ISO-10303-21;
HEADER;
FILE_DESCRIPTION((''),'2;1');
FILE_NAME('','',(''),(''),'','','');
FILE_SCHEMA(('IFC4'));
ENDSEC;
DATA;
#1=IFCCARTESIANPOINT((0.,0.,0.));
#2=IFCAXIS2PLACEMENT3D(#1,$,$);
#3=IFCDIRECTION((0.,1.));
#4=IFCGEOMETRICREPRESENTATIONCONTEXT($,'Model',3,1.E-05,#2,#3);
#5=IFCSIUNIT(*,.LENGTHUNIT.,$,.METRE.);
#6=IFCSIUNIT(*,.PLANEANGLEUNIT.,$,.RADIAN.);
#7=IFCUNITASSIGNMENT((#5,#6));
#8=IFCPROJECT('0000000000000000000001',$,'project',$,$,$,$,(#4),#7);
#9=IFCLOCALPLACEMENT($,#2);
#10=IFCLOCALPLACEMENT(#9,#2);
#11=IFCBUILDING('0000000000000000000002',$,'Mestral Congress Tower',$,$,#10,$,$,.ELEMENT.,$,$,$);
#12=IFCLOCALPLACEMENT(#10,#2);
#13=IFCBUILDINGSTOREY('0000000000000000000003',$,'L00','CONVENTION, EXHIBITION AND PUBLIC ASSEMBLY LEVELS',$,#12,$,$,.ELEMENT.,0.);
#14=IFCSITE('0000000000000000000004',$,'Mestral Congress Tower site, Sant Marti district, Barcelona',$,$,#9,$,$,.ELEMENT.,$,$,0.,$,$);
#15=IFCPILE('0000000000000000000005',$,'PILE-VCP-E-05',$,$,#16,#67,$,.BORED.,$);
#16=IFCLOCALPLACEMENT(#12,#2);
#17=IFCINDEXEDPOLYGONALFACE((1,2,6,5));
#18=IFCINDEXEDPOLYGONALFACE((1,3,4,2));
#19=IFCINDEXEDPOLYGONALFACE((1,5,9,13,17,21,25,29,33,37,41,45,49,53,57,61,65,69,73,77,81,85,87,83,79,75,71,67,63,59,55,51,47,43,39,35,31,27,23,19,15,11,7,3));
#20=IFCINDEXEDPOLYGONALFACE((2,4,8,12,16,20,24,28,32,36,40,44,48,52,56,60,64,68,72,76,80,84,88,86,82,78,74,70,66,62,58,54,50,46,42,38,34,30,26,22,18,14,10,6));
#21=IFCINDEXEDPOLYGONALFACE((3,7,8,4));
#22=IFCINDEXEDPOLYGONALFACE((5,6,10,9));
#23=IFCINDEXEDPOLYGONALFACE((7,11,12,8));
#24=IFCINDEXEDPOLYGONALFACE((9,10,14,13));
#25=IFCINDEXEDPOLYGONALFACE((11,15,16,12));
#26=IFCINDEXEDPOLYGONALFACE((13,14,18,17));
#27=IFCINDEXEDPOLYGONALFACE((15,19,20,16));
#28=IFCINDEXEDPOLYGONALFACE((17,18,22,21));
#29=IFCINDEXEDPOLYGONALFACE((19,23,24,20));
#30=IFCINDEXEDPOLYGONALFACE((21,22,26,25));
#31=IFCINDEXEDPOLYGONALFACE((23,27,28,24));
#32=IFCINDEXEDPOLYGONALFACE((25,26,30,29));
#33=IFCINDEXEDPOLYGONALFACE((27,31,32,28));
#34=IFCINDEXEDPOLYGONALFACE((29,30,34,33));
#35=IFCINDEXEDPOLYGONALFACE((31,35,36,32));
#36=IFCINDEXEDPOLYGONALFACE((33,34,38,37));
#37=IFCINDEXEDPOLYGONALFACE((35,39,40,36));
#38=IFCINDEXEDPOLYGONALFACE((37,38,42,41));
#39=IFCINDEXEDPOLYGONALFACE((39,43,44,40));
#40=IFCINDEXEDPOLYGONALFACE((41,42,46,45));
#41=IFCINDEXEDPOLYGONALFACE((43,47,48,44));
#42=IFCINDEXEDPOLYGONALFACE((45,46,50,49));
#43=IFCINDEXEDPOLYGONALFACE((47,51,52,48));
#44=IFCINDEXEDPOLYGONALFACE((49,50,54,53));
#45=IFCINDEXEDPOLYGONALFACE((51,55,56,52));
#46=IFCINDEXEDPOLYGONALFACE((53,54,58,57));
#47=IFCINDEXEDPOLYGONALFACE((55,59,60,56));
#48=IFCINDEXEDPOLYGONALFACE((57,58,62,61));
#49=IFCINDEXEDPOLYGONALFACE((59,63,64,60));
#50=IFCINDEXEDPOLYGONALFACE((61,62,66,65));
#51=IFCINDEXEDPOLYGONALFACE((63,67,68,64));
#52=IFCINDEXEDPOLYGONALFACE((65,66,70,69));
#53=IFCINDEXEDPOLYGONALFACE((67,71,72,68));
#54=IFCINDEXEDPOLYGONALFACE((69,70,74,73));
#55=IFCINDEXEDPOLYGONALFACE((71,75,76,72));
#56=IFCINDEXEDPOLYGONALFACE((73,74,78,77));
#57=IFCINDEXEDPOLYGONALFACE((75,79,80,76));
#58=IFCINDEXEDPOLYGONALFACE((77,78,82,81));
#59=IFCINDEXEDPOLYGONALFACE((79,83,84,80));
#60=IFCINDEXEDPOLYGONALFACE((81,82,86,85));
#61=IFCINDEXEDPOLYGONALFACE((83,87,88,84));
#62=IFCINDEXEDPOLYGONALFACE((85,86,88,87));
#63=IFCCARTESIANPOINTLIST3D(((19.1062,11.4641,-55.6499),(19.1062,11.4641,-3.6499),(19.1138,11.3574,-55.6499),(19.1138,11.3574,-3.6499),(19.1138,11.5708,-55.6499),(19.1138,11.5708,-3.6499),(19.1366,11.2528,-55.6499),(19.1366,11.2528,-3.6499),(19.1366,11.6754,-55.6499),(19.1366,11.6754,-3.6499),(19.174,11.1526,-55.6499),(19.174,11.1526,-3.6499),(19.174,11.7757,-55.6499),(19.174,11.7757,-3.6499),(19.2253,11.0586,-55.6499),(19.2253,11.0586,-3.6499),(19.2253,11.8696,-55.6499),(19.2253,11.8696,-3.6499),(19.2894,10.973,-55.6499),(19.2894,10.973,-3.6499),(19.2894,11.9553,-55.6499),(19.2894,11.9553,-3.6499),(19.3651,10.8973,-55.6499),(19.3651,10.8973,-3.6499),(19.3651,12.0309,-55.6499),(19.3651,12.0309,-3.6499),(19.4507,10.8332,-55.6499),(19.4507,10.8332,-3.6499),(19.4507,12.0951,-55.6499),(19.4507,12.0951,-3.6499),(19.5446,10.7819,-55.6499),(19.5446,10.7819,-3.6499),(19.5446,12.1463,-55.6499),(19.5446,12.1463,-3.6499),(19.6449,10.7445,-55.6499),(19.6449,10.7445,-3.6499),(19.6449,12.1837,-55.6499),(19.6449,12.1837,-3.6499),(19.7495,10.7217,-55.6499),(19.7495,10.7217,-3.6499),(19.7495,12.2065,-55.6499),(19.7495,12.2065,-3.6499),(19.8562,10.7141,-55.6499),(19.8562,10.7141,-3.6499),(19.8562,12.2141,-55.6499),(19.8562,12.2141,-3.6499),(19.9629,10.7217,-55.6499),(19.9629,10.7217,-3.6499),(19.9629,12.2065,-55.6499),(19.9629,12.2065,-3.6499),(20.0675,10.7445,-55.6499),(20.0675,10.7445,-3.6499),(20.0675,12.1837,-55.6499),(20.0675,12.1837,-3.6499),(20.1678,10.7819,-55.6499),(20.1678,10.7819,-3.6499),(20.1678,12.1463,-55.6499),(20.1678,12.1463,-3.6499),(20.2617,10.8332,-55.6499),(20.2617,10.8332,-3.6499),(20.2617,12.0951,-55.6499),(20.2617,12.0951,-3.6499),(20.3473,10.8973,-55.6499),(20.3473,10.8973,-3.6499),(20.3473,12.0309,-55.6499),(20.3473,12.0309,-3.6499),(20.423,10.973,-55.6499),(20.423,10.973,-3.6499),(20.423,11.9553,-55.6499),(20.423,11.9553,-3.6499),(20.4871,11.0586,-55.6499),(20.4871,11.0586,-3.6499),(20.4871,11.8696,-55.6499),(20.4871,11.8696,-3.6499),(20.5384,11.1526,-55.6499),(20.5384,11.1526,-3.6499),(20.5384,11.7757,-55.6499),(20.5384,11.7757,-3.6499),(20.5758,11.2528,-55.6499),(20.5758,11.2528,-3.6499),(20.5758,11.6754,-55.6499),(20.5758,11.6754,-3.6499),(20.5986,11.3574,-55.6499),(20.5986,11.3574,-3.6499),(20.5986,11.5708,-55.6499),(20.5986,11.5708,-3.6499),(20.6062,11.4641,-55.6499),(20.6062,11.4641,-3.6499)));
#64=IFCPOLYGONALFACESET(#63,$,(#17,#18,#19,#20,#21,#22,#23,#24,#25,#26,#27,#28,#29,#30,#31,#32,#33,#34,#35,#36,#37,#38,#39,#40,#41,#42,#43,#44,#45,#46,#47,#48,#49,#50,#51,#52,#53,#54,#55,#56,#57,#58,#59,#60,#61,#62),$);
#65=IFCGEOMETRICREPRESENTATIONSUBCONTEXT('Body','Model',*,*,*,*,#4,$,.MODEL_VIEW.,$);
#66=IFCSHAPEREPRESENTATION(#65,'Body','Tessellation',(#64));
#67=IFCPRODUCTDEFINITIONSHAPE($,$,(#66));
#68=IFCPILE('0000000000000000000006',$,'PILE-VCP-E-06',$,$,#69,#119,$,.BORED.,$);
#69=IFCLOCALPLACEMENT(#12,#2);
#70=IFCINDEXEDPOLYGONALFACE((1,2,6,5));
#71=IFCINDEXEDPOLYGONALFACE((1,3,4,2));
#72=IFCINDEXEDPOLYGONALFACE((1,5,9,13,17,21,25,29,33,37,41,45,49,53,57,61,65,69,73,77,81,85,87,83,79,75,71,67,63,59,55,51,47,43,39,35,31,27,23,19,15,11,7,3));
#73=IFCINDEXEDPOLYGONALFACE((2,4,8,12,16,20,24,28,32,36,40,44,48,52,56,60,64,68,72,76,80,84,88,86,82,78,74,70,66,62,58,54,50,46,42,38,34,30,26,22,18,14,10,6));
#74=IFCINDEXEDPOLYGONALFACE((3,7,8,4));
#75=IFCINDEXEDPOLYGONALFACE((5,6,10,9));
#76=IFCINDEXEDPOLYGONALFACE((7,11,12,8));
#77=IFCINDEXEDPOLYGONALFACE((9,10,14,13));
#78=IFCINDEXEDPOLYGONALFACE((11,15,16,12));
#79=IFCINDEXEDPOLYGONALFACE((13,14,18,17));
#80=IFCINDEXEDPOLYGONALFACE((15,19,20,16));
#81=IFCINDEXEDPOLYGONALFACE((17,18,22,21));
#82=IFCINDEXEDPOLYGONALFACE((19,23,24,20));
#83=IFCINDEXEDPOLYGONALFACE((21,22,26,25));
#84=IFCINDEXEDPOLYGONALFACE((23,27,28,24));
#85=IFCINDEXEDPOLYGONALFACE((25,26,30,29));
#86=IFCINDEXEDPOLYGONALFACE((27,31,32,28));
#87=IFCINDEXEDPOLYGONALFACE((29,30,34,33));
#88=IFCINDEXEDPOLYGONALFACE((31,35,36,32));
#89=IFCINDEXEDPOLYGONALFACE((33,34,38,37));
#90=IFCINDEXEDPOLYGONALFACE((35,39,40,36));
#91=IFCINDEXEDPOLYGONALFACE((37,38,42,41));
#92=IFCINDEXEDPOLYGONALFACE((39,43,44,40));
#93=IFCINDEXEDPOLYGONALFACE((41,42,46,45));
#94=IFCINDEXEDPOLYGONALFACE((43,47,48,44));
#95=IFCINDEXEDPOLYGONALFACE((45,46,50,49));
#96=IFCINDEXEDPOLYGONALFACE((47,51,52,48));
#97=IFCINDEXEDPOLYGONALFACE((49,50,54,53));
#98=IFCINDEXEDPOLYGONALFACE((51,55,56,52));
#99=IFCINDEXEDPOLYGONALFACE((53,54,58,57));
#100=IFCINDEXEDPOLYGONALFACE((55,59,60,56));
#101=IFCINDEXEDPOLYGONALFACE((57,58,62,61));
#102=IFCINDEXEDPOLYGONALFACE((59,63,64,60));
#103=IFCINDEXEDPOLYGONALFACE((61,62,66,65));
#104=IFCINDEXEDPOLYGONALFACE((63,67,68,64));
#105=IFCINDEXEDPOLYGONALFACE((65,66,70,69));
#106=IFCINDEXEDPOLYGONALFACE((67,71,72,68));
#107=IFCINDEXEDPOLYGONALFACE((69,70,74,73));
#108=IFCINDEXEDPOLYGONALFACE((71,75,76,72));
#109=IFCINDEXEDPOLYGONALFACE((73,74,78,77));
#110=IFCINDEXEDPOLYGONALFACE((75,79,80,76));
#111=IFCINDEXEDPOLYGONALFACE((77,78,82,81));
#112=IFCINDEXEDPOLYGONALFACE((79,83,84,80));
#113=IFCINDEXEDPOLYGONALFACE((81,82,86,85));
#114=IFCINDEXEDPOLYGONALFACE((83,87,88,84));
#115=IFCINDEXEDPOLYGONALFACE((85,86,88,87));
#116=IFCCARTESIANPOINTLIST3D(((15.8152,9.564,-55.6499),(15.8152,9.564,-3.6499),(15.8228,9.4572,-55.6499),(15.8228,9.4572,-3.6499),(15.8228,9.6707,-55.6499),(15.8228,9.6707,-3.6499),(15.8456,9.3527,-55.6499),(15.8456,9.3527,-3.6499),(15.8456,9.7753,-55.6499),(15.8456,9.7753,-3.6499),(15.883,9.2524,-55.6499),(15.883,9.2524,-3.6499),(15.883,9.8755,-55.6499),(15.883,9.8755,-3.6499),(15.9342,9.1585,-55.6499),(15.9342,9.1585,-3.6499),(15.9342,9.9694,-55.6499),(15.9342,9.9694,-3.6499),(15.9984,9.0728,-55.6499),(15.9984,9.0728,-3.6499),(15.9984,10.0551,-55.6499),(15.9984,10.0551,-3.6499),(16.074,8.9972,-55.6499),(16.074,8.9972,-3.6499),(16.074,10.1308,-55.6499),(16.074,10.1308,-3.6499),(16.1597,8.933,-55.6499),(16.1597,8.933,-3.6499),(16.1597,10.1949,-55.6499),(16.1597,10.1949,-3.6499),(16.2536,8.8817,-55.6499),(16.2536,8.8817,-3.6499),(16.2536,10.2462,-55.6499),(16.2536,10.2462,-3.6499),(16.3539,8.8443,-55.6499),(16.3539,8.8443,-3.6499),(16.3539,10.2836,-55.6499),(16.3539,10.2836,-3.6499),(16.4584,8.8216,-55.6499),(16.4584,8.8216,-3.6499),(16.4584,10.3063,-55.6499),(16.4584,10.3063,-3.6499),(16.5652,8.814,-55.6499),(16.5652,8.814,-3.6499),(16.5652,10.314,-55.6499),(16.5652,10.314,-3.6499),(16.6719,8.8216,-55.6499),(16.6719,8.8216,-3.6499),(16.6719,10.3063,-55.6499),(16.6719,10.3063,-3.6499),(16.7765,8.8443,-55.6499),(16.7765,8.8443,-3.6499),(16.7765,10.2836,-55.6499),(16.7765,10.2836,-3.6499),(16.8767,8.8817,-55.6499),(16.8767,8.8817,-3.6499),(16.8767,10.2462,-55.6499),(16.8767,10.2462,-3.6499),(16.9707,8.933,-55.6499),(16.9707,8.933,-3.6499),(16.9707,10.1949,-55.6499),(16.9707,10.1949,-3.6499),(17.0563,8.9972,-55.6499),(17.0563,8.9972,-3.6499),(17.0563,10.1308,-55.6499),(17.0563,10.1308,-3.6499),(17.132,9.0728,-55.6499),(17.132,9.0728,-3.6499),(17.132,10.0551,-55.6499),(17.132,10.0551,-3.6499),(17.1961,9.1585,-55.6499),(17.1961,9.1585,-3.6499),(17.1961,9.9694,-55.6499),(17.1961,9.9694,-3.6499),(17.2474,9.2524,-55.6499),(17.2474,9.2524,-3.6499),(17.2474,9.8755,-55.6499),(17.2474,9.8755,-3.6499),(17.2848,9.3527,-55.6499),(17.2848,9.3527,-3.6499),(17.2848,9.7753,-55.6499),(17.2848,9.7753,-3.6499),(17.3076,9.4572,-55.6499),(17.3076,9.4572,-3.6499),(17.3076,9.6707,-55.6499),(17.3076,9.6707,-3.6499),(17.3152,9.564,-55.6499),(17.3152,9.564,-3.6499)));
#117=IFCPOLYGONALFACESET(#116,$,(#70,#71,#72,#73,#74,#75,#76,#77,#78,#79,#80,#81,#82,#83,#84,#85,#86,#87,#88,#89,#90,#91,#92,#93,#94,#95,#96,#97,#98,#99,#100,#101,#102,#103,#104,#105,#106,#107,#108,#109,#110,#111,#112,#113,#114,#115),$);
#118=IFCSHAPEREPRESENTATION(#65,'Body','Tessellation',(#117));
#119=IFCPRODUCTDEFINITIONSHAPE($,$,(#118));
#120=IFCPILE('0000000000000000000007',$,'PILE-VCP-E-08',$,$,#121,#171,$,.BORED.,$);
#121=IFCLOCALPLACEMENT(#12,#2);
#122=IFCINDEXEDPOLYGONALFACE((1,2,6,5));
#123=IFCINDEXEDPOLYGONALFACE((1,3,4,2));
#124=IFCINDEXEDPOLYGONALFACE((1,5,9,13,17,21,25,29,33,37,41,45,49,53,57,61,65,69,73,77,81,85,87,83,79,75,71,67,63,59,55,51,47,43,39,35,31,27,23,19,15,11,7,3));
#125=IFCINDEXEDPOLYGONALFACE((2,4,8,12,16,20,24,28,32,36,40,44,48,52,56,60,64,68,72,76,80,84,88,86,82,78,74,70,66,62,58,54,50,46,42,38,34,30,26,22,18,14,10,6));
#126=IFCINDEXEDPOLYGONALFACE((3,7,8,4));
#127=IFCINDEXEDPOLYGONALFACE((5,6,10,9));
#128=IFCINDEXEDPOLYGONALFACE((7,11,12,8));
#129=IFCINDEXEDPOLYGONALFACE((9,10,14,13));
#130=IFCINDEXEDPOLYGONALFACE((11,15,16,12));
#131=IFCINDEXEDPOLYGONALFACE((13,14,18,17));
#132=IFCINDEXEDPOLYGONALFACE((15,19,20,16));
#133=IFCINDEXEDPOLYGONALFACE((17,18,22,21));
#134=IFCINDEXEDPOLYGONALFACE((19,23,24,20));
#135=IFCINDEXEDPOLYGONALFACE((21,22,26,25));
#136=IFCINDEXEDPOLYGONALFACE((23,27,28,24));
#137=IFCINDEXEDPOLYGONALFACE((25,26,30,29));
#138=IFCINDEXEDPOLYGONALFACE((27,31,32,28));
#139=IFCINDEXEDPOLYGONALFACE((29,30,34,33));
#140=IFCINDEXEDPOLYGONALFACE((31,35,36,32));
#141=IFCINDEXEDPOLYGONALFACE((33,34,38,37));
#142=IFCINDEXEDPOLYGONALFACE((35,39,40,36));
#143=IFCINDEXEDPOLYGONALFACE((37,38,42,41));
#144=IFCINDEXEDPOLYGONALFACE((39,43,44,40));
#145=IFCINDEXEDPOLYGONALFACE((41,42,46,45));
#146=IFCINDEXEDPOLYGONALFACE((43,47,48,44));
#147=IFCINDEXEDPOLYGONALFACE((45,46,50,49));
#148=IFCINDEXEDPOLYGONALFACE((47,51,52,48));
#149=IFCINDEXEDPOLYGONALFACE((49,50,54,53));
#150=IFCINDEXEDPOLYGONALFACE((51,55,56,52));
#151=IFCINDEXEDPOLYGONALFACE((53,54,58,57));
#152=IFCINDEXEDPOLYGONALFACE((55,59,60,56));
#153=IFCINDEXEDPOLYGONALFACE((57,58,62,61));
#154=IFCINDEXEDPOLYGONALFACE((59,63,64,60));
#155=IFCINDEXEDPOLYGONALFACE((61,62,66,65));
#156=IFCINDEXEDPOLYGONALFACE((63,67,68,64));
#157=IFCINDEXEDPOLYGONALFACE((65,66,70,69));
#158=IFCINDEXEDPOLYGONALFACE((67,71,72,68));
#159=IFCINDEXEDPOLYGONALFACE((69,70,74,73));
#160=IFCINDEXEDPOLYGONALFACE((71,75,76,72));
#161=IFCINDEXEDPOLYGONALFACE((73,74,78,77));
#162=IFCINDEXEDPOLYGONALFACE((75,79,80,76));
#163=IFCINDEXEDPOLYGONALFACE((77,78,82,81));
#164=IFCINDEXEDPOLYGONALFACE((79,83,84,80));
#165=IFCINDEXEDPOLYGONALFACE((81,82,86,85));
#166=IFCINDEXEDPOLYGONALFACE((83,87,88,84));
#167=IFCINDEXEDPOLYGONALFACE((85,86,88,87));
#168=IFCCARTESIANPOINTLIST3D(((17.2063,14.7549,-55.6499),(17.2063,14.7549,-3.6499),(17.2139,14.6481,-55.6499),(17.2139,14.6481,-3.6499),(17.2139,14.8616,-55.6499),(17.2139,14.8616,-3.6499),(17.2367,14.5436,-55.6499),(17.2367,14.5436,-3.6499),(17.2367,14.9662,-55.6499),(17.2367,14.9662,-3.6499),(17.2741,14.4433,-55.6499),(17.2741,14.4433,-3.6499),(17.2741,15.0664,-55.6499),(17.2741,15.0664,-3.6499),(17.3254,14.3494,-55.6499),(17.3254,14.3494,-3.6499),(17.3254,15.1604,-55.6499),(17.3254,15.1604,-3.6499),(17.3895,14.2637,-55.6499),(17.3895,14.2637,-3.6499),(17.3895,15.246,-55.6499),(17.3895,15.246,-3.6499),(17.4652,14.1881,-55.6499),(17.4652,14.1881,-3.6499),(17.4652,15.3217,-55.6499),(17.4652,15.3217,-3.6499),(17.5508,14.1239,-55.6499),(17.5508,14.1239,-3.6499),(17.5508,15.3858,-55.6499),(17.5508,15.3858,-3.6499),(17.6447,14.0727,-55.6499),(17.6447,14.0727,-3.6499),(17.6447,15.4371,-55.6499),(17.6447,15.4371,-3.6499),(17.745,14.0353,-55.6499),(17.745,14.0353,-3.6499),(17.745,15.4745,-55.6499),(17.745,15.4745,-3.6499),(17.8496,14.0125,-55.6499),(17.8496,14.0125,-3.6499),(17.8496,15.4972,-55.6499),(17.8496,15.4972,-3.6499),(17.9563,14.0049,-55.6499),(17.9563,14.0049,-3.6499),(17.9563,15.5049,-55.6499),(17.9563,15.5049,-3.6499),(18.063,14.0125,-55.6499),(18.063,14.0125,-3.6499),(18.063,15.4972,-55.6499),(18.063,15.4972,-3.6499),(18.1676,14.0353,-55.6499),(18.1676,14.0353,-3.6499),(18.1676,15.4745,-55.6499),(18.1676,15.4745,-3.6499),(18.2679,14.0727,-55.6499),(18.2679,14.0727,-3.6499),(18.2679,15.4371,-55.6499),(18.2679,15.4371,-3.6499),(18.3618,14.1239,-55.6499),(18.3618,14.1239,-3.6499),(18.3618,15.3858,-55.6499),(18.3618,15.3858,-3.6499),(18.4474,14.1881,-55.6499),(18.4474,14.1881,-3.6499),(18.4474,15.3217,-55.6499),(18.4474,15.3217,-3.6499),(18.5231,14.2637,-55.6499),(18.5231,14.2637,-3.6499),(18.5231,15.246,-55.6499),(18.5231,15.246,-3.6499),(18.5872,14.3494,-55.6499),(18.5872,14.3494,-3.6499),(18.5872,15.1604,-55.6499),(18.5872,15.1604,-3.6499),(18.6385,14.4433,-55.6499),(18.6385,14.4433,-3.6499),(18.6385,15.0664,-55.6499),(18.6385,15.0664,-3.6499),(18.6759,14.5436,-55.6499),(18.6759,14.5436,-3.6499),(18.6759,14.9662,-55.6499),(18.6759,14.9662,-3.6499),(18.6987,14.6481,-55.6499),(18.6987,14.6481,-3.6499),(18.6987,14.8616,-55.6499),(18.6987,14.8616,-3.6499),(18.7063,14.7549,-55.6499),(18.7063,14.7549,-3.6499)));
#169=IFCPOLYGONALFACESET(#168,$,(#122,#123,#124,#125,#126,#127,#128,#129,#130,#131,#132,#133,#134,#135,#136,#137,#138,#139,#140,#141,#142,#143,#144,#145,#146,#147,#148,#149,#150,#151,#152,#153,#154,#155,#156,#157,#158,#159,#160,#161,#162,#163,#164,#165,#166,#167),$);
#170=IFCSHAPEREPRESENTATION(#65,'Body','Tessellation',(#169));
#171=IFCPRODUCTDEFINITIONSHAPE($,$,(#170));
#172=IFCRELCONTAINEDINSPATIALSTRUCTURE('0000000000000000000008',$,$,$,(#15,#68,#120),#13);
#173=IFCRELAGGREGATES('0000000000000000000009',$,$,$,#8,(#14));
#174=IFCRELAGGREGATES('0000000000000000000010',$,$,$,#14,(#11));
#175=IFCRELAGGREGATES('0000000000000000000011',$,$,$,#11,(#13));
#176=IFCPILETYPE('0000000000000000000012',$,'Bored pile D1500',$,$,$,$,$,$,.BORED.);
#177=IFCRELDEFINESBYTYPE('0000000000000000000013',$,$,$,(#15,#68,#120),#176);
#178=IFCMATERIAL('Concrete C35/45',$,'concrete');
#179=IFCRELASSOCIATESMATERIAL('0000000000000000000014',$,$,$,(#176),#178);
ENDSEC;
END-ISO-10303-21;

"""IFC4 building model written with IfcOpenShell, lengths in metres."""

from ifc_helpers import new_model, si_unit, direction, frame, origin, origin_2d, place, context, subcontext, project, spatial, circle, extrude, material, material_profile, profile_set, type_object, element, save


model = new_model("IFC4")

# Units and contexts
model_context = context("Model", 3, precision=1e-05, world=origin(), true_north=direction((0.0, 1.0)))
body_context = subcontext(model_context, "Body", "Model", "MODEL_VIEW")
ifc_project = project(units=[si_unit("LENGTHUNIT", "METRE"), si_unit("PLANEANGLEUNIT", "RADIAN")], contexts=[model_context])

# Site, building, storey
site_placement = place(None, origin())
site = spatial("IfcSite", under=ifc_project, at=site_placement, Name="Mestral Congress Tower site, Sant Marti district, Barcelona", CompositionType="ELEMENT", RefElevation=0.0)
building_placement = place(site_placement, origin())
building = spatial("IfcBuilding", under=site, at=building_placement, Name="Mestral Congress Tower", CompositionType="ELEMENT")
storey_placement = place(building_placement, origin())
storey = spatial("IfcBuildingStorey", under=building, at=storey_placement, Name="L00", Description="CONVENTION, EXHIBITION AND PUBLIC ASSEMBLY LEVELS", CompositionType="ELEMENT", Elevation=0.0)

# Piles
ifc_material_1 = material(Name="Concrete C35/45", Category="concrete")
ifc_material_profile_1 = material_profile(ifc_material_1, circle(Radius=0.75, at=origin_2d()), Name="D1500")
ifc_profile_set_1 = profile_set([ifc_material_profile_1], Name="Concrete C35/45")
pile_type_1 = type_object("IfcPileType", Name="Bored pile D1500", PredefinedType="BORED", material=ifc_profile_set_1)
for number, where, z_axis, x_axis, name in (
    (1, (19.8562, 11.4641, -3.6499), (0.0, 0.0, -1.0), (1.0, 0.0, 0.0), "PILE-VCP-E-05"),
    (2, (16.5652, 9.564, -3.6499), (0.0, 0.0, -1.0), (1.0, 0.0, 0.0), "PILE-VCP-E-06"),
    (3, (17.9563, 14.7549, -3.6499), (0.0, 0.0, -1.0), (1.0, 0.0, 0.0), "PILE-VCP-E-08"),
):
    element("IfcPile", number, at=place(storey_placement, frame(where, z_axis=z_axis, x_axis=x_axis)), inside=storey, type_object=pile_type_1, Name=name, PredefinedType="BORED", context=body_context, shape_type="SweptSolid", body=[
        extrude(circle(Radius=0.75, at=origin_2d()), origin(), (0.0, 0.0, 1.0), 52.0),
    ])

save(model, "model.ifc")
